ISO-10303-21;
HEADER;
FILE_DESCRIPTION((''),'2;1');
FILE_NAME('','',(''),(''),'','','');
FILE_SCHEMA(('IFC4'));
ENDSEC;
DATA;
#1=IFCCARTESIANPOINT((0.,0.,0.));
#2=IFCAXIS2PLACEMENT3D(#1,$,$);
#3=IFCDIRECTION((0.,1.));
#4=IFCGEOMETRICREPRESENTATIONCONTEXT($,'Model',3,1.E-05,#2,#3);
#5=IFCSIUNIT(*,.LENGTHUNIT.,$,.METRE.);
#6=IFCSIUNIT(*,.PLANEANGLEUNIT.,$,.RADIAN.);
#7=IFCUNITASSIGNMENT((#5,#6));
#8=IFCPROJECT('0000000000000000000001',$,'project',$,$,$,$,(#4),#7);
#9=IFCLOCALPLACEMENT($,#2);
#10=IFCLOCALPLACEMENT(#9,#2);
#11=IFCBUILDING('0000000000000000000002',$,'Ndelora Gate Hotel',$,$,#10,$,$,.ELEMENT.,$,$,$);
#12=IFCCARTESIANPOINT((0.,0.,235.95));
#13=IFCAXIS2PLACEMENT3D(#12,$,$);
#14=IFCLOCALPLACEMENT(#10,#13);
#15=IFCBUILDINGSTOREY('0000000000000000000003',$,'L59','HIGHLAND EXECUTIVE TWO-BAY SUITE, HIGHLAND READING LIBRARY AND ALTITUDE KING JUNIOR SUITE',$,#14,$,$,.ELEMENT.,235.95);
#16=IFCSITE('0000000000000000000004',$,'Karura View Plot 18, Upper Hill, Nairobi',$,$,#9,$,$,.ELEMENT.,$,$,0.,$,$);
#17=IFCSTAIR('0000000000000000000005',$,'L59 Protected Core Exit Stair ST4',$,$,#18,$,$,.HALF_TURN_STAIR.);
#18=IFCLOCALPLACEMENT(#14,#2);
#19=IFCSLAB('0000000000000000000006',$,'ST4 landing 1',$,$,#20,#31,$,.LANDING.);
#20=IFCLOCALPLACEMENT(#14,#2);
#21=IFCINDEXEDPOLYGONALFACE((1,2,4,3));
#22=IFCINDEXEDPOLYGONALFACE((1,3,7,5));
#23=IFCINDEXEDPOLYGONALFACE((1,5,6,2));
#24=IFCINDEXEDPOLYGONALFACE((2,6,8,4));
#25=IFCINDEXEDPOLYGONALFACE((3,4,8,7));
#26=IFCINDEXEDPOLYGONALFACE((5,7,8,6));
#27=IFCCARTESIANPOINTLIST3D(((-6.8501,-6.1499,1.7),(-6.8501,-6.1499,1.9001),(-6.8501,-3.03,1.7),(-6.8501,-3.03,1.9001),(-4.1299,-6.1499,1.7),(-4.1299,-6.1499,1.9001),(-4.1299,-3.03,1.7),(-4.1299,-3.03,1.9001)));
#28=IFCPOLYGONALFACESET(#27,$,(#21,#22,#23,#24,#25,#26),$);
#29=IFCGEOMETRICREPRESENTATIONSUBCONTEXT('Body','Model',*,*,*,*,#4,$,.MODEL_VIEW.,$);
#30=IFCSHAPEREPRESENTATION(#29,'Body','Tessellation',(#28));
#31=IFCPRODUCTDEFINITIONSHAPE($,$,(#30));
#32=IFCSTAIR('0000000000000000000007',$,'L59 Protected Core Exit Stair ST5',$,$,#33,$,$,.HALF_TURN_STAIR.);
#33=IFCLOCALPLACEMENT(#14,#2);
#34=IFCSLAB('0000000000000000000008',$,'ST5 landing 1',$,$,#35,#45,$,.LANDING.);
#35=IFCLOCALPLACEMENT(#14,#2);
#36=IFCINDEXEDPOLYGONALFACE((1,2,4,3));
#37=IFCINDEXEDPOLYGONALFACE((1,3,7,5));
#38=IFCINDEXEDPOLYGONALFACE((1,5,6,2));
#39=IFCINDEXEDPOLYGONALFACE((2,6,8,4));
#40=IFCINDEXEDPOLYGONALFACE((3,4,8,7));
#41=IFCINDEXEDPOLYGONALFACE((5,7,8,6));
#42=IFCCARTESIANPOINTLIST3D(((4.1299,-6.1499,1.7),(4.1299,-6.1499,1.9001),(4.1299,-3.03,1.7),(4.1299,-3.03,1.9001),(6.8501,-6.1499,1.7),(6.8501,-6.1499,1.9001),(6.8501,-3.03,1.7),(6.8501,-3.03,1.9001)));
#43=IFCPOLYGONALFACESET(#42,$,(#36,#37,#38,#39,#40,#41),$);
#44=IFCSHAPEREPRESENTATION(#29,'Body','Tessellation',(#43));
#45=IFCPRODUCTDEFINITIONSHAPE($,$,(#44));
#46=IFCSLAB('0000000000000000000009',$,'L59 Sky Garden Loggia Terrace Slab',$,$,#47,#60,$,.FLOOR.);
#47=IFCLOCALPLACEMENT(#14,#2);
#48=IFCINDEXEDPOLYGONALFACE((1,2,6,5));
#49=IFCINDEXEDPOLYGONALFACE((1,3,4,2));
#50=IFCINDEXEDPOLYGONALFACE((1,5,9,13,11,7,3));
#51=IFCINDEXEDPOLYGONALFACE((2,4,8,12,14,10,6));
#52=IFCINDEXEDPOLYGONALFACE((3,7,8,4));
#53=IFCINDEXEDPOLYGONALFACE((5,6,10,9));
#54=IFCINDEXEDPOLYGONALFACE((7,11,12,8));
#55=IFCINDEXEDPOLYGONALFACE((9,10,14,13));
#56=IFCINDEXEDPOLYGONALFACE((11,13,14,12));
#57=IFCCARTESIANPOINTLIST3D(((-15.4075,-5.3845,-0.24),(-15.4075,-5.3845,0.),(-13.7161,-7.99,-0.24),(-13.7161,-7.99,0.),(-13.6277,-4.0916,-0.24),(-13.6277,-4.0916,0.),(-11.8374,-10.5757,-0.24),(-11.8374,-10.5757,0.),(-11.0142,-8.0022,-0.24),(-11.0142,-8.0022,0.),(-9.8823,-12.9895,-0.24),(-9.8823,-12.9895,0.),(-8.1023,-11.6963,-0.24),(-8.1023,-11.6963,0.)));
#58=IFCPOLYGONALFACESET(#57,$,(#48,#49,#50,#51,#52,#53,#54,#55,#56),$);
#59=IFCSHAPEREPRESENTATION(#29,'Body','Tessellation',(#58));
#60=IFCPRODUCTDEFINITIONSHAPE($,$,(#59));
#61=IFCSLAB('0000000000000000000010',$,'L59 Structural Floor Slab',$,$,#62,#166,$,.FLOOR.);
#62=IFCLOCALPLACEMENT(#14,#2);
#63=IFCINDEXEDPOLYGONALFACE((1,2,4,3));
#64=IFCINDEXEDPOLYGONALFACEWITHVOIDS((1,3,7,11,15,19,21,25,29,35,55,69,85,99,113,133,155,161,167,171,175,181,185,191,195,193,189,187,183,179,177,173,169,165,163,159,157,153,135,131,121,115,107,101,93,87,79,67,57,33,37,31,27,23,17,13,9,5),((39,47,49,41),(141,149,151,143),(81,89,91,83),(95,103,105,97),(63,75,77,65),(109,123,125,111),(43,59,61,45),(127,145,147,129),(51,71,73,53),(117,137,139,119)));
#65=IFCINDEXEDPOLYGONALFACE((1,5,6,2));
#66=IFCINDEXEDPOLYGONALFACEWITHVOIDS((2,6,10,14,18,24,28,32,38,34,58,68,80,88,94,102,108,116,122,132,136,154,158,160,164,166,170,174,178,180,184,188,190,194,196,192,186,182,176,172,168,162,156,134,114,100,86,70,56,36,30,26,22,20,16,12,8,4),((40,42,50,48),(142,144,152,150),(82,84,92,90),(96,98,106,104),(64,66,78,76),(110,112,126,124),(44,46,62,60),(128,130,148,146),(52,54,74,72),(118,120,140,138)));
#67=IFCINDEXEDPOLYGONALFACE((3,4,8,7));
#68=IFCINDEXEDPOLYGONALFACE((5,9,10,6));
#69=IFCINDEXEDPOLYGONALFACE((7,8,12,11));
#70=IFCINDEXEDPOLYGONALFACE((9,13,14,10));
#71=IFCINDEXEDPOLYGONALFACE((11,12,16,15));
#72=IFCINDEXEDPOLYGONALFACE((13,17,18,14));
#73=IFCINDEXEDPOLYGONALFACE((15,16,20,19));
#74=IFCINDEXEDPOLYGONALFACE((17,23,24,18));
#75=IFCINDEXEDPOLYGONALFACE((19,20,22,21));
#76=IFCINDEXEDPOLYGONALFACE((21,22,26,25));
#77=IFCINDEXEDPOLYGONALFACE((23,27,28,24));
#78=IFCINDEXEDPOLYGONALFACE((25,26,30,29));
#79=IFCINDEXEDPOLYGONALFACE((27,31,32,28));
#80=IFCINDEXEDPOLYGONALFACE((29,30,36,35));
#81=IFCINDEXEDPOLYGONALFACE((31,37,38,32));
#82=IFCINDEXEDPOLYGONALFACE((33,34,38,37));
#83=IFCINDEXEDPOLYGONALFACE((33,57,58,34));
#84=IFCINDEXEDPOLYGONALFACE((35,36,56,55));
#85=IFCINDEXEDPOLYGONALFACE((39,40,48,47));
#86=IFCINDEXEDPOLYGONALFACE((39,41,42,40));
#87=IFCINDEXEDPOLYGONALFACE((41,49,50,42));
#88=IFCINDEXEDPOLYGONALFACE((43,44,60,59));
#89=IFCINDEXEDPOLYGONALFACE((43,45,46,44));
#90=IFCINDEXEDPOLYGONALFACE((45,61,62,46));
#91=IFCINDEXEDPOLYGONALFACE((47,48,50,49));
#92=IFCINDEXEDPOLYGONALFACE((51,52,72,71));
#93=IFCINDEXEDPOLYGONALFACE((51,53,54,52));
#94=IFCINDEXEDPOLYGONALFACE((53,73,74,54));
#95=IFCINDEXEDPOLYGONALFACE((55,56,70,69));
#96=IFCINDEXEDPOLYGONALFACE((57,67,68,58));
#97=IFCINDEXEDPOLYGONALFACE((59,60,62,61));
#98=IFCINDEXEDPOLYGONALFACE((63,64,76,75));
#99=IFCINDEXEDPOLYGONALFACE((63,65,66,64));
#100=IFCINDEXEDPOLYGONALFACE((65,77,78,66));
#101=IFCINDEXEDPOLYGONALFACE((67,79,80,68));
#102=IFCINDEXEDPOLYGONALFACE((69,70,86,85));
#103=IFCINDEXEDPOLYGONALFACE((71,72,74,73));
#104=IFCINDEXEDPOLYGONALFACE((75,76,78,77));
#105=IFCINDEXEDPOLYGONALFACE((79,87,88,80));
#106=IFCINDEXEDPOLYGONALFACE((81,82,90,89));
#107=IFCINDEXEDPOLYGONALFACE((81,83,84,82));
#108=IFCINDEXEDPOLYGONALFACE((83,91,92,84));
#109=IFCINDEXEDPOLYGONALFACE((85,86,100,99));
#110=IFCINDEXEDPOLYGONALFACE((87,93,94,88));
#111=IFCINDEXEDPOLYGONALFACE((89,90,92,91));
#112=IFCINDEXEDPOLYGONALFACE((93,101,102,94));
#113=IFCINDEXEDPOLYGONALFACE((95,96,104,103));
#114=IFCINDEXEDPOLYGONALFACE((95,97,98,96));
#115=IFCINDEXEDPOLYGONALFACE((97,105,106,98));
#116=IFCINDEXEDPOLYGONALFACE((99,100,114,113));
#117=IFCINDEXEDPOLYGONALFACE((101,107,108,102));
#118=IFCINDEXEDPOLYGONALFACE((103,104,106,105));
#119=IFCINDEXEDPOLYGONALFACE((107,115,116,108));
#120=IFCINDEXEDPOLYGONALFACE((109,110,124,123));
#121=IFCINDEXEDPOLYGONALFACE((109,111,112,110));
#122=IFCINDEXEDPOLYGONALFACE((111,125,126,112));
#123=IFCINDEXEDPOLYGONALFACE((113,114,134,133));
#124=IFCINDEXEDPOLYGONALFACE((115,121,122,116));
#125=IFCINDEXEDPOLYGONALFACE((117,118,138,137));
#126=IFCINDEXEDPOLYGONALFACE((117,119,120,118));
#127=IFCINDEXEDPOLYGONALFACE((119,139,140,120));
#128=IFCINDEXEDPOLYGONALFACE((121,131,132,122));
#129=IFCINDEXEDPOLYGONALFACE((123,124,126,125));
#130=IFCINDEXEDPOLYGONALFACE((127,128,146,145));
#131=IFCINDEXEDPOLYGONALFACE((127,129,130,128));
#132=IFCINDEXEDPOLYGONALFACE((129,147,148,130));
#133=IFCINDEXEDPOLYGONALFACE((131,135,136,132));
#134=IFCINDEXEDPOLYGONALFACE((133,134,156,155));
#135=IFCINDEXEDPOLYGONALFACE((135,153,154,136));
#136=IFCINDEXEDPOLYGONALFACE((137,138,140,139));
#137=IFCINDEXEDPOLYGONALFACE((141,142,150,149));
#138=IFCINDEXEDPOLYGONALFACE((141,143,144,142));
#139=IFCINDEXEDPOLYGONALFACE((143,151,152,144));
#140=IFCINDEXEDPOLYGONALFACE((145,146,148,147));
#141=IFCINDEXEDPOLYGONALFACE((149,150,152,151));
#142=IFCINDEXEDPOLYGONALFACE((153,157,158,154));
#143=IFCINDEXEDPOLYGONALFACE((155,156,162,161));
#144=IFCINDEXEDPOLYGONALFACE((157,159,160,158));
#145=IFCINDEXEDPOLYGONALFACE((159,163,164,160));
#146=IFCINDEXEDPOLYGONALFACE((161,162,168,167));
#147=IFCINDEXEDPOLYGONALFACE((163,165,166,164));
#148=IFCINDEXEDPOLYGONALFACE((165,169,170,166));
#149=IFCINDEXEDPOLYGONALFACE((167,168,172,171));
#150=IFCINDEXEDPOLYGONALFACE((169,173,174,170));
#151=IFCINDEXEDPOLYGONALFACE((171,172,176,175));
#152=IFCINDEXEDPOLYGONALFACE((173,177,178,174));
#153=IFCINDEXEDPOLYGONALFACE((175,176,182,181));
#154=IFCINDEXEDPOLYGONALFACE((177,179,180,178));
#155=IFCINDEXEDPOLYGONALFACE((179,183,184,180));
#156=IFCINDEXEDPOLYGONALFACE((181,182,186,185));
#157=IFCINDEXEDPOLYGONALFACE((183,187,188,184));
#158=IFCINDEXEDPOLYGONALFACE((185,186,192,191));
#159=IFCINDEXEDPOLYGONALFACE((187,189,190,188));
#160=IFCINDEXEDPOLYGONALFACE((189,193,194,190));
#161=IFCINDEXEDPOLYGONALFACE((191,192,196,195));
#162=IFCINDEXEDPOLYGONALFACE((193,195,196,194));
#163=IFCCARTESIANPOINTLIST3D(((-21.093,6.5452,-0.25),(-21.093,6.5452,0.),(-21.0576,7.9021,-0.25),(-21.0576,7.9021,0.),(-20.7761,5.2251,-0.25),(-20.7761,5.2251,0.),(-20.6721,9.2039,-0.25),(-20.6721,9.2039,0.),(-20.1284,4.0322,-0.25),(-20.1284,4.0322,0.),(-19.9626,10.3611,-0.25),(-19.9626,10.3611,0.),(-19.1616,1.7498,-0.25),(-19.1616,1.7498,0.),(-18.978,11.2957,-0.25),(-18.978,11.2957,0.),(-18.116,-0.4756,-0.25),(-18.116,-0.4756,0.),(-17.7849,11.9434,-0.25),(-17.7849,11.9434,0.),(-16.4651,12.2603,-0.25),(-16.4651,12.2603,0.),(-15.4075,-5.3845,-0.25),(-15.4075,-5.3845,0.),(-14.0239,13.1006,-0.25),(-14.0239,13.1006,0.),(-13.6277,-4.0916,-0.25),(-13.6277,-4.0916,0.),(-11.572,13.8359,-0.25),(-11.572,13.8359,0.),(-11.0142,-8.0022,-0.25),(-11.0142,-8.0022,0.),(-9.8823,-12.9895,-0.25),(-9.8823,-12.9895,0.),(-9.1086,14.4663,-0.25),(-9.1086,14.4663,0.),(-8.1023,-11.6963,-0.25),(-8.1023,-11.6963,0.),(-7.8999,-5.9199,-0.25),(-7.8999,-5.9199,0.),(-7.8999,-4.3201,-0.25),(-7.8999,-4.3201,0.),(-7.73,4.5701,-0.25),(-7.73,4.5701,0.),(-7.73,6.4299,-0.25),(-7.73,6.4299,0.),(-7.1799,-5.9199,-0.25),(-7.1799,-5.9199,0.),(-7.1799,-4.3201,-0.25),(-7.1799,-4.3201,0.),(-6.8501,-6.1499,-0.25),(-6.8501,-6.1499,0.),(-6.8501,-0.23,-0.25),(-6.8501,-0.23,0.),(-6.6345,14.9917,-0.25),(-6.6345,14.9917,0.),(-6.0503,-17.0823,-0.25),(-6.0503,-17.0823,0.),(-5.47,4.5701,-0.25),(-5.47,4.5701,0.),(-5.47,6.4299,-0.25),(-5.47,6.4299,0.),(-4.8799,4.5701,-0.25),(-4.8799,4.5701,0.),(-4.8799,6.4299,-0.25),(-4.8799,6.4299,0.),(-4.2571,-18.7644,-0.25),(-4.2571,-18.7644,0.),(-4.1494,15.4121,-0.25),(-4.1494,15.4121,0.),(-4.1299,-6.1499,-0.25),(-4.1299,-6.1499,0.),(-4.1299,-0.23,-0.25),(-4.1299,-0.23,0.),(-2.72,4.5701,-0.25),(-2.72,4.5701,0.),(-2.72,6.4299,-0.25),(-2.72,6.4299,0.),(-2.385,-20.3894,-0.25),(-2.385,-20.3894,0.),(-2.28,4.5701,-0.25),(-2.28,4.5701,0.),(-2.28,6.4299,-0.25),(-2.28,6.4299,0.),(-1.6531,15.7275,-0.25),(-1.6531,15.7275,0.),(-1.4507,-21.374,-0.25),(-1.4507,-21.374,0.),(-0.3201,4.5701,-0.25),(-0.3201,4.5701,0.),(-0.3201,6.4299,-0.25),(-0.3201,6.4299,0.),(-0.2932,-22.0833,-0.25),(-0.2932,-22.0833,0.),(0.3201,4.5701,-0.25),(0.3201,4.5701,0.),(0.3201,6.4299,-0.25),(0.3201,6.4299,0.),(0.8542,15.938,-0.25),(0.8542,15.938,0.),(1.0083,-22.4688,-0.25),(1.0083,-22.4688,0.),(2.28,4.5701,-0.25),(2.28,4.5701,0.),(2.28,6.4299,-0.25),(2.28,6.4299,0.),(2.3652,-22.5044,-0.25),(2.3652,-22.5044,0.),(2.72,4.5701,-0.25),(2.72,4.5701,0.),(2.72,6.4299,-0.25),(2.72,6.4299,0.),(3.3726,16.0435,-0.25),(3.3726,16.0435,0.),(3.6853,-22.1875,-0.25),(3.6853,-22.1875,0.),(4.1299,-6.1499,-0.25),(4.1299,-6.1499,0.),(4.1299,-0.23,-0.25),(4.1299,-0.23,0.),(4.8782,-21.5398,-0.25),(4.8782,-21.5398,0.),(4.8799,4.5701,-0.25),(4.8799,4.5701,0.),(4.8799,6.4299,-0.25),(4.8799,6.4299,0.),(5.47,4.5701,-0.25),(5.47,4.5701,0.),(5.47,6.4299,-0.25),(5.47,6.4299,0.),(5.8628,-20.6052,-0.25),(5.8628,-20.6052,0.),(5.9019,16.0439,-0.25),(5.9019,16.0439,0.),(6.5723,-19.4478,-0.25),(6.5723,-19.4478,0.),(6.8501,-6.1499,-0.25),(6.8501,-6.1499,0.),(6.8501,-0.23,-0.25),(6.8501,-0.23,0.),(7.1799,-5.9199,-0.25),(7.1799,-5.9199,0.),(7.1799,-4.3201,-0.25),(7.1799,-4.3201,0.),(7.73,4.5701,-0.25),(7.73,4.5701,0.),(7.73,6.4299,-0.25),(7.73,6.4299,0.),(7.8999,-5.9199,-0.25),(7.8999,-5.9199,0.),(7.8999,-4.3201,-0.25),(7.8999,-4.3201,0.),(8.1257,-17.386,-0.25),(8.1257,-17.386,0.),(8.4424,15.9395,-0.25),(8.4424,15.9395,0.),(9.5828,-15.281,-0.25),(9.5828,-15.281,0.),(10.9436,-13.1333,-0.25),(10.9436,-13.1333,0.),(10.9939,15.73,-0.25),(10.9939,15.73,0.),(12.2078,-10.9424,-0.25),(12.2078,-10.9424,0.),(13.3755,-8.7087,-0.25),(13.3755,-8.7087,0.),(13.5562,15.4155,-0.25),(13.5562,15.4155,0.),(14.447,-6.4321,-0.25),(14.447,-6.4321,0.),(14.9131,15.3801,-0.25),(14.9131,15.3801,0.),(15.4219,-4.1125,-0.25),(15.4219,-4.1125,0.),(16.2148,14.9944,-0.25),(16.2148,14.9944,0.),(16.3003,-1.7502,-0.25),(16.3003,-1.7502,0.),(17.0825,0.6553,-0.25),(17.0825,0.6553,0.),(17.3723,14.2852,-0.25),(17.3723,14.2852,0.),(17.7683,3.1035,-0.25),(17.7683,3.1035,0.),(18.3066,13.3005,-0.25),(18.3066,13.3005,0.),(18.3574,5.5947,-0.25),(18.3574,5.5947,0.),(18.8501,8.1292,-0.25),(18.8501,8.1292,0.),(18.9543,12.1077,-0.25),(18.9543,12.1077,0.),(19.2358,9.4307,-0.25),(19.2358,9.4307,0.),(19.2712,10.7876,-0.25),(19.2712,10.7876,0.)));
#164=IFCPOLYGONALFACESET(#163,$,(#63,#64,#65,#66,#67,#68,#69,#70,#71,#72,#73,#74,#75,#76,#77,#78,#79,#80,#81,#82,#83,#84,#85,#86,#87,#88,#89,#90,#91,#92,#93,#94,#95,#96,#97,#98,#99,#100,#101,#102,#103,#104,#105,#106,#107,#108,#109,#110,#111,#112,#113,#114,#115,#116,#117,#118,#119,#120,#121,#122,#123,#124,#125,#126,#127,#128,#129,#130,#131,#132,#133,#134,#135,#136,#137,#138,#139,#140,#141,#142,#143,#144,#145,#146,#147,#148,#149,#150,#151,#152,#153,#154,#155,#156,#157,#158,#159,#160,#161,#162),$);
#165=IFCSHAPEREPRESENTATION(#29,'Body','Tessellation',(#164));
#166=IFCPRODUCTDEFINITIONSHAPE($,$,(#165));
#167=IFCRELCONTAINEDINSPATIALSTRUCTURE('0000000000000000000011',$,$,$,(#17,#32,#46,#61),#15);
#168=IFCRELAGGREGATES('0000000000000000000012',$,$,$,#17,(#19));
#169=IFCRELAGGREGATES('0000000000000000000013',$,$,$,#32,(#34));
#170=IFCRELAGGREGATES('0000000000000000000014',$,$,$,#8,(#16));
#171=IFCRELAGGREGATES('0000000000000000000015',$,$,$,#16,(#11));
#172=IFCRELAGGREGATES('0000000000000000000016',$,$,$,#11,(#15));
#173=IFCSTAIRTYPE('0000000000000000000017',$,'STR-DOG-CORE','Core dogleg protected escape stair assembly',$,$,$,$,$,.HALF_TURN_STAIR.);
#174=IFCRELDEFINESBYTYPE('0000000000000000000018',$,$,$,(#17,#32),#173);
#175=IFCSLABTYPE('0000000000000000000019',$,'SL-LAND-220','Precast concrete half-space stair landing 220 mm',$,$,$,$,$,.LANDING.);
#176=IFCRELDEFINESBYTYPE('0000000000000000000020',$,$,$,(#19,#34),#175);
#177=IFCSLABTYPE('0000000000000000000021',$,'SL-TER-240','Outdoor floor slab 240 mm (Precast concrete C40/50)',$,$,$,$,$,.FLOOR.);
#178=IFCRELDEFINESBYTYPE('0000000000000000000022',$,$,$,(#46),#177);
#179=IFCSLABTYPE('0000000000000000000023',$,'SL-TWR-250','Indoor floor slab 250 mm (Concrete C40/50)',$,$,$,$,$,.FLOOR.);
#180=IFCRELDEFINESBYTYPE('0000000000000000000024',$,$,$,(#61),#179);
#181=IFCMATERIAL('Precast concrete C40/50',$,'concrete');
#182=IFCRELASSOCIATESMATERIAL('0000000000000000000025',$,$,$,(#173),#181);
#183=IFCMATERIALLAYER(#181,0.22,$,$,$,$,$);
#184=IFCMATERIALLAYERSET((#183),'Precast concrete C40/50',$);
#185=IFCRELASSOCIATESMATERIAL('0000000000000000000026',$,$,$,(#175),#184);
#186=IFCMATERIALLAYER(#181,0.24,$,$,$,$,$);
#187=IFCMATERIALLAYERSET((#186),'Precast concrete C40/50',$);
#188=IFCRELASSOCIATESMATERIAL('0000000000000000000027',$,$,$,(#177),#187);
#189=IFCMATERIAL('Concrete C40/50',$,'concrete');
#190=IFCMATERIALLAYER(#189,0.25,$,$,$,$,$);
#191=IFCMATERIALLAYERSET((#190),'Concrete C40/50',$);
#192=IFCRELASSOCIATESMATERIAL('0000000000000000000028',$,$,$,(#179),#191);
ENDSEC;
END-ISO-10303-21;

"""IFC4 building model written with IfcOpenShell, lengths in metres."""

from ifc_helpers import new_model, si_unit, direction, frame, origin, place, context, subcontext, project, spatial, polyline, outline, extrude, material, layer, layer_set, type_object, element, aggregate, save


model = new_model("IFC4")

# Units and contexts
model_context = context("Model", 3, precision=1e-05, world=origin(), true_north=direction((0.0, 1.0)))
body_context = subcontext(model_context, "Body", "Model", "MODEL_VIEW")
ifc_project = project(units=[si_unit("LENGTHUNIT", "METRE"), si_unit("PLANEANGLEUNIT", "RADIAN")], contexts=[model_context])

# Site, building, storey
site_placement = place(None, origin())
site = spatial("IfcSite", under=ifc_project, at=site_placement, Name="Karura View Plot 18, Upper Hill, Nairobi", CompositionType="ELEMENT", RefElevation=0.0)
building_placement = place(site_placement, origin())
building = spatial("IfcBuilding", under=site, at=building_placement, Name="Ndelora Gate Hotel", CompositionType="ELEMENT")
storey_placement = place(building_placement, frame((0.0, 0.0, 235.95)))
storey = spatial("IfcBuildingStorey", under=building, at=storey_placement, Name="L59", Description="HIGHLAND EXECUTIVE TWO-BAY SUITE, HIGHLAND READING LIBRARY AND ALTITUDE KING JUNIOR SUITE", CompositionType="ELEMENT", Elevation=235.95)

# Stairs, slabs
ifc_material_1 = material(Name="Precast concrete C40/50", Category="concrete")
stair_type = type_object("IfcStairType", Name="STR-DOG-CORE", Description="Core dogleg protected escape stair assembly", PredefinedType="HALF_TURN_STAIR", material=ifc_material_1)
stair_1_placement = place(storey_placement, origin())
stair_1 = element("IfcStair", 1, at=stair_1_placement, inside=storey, type_object=stair_type, Name="L59 Protected Core Exit Stair ST4", PredefinedType="HALF_TURN_STAIR")
ifc_layer_1 = layer(ifc_material_1, 0.22)
ifc_layer_set_1 = layer_set([ifc_layer_1], Name="Precast concrete C40/50")
slab_type_1 = type_object("IfcSlabType", Name="SL-LAND-220", Description="Precast concrete half-space stair landing 220 mm", PredefinedType="LANDING", material=ifc_layer_set_1)
slab_1_placement = place(storey_placement, frame((0.0, 0.0, 1.7)))
slab_1 = element("IfcSlab", 2, at=slab_1_placement, type_object=slab_type_1, Name="ST4 landing 1", PredefinedType="LANDING", context=body_context, shape_type="SweptSolid", body=[
    extrude(outline(polyline([(-6.8501, -3.03), (-6.8501, -6.1499), (-4.1299, -6.1499), (-4.1299, -3.03), (-6.8501, -3.03)])), origin(), (0.0, 0.0, 1.0), 0.2002),
])
aggregate(stair_1, [slab_1])
stair_2_placement = place(storey_placement, origin())
stair_2 = element("IfcStair", 3, at=stair_2_placement, inside=storey, type_object=stair_type, Name="L59 Protected Core Exit Stair ST5", PredefinedType="HALF_TURN_STAIR")
slab_2_placement = place(storey_placement, frame((0.0, 0.0, 1.7)))
slab_2 = element("IfcSlab", 4, at=slab_2_placement, type_object=slab_type_1, Name="ST5 landing 1", PredefinedType="LANDING", context=body_context, shape_type="SweptSolid", body=[
    extrude(outline(polyline([(4.1299, -3.03), (4.1299, -6.1499), (6.8501, -6.1499), (6.8501, -3.03), (4.1299, -3.03)])), origin(), (0.0, 0.0, 1.0), 0.2002),
])

# Slabs
ifc_layer_2 = layer(ifc_material_1, 0.24)
ifc_layer_set_2 = layer_set([ifc_layer_2], Name="Precast concrete C40/50")
slab_type_2 = type_object("IfcSlabType", Name="SL-TER-240", Description="Outdoor floor slab 240 mm (Precast concrete C40/50)", PredefinedType="FLOOR", material=ifc_layer_set_2)
slab_3_placement = place(storey_placement, frame((0.0, 0.0, -0.24)))
element("IfcSlab", 5, at=slab_3_placement, inside=storey, type_object=slab_type_2, Name="L59 Sky Garden Loggia Terrace Slab", PredefinedType="FLOOR", context=body_context, shape_type="SweptSolid", body=[
    extrude(outline(polyline([(-13.6277, -4.0916), (-15.4075, -5.3845), (-13.7161, -7.99), (-11.8374, -10.5757), (-9.8823, -12.9895), (-8.1023, -11.6963), (-11.0142, -8.0022), (-13.6277, -4.0916)])), origin(), (0.0, 0.0, 1.0), 0.24),
])
ifc_material_2 = material(Name="Concrete C40/50", Category="concrete")
ifc_layer_3 = layer(ifc_material_2, 0.25)
ifc_layer_set_3 = layer_set([ifc_layer_3], Name="Concrete C40/50")
slab_type_3 = type_object("IfcSlabType", Name="SL-TWR-250", Description="Indoor floor slab 250 mm (Concrete C40/50)", PredefinedType="FLOOR", material=ifc_layer_set_3)
slab_4_placement = place(storey_placement, frame((0.0, 0.0, -0.25)))
element("IfcSlab", 6, at=slab_4_placement, inside=storey, type_object=slab_type_3, Name="L59 Structural Floor Slab", PredefinedType="FLOOR", context=body_context, shape_type="SweptSolid", body=[
    extrude(outline(polyline([(-16.4651, 12.2603), (-17.7849, 11.9434), (-18.978, 11.2957), (-19.9626, 10.3611), (-20.6721, 9.2039), (-21.0576, 7.9021), (-21.093, 6.5452), (-20.7761, 5.2251), (-20.1284, 4.0322), (-19.1616, 1.7498), (-18.116, -0.4756), (-15.4075, -5.3845), (-13.6277, -4.0916), (-11.0142, -8.0022), (-8.1023, -11.6963), (-9.8823, -12.9895), (-6.0503, -17.0823), (-4.2571, -18.7644), (-2.385, -20.3894), (-1.4507, -21.374), (-0.2932, -22.0833), (1.0083, -22.4688), (2.3652, -22.5044), (3.6853, -22.1875), (4.8782, -21.5398), (5.8628, -20.6052), (6.5723, -19.4478), (8.1257, -17.386), (9.5828, -15.281), (10.9436, -13.1333), (12.2078, -10.9424), (13.3755, -8.7087), (14.447, -6.4321), (15.4219, -4.1125), (16.3003, -1.7502), (17.0825, 0.6553), (17.7683, 3.1035), (18.3574, 5.5947), (18.8501, 8.1292), (19.2358, 9.4307), (19.2712, 10.7876), (18.9543, 12.1077), (18.3066, 13.3005), (17.3723, 14.2852), (16.2148, 14.9944), (14.9131, 15.3801), (13.5562, 15.4155), (10.9939, 15.73), (8.4424, 15.9395), (5.9019, 16.0439), (3.3726, 16.0435), (0.8542, 15.938), (-1.6531, 15.7275), (-4.1494, 15.4121), (-6.6345, 14.9917), (-9.1086, 14.4663), (-11.572, 13.8359), (-14.0239, 13.1006), (-16.4651, 12.2603)]), holes=[polyline([(-6.8501, -0.23), (-6.8501, -6.1499), (-4.1299, -6.1499), (-4.1299, -0.23), (-6.8501, -0.23)]), polyline([(4.1299, -0.23), (4.1299, -6.1499), (6.8501, -6.1499), (6.8501, -0.23), (4.1299, -0.23)]), polyline([(-7.73, 4.5701), (-5.47, 4.5701), (-5.47, 6.4299), (-7.73, 6.4299), (-7.73, 4.5701)]), polyline([(5.47, 4.5701), (7.73, 4.5701), (7.73, 6.4299), (5.47, 6.4299), (5.47, 4.5701)]), polyline([(-4.8799, 4.5701), (-2.72, 4.5701), (-2.72, 6.4299), (-4.8799, 6.4299), (-4.8799, 4.5701)]), polyline([(2.72, 4.5701), (4.8799, 4.5701), (4.8799, 6.4299), (2.72, 6.4299), (2.72, 4.5701)]), polyline([(-2.28, 4.5701), (-0.3201, 4.5701), (-0.3201, 6.4299), (-2.28, 6.4299), (-2.28, 4.5701)]), polyline([(0.3201, 4.5701), (2.28, 4.5701), (2.28, 6.4299), (0.3201, 6.4299), (0.3201, 4.5701)]), polyline([(-7.8999, -5.9199), (-7.1799, -5.9199), (-7.1799, -4.3201), (-7.8999, -4.3201), (-7.8999, -5.9199)]), polyline([(7.1799, -5.9199), (7.8999, -5.9199), (7.8999, -4.3201), (7.1799, -4.3201), (7.1799, -5.9199)])]), origin(), (0.0, 0.0, 1.0), 0.25),
])

aggregate(stair_2, [slab_2])

save(model, "model.ifc")
